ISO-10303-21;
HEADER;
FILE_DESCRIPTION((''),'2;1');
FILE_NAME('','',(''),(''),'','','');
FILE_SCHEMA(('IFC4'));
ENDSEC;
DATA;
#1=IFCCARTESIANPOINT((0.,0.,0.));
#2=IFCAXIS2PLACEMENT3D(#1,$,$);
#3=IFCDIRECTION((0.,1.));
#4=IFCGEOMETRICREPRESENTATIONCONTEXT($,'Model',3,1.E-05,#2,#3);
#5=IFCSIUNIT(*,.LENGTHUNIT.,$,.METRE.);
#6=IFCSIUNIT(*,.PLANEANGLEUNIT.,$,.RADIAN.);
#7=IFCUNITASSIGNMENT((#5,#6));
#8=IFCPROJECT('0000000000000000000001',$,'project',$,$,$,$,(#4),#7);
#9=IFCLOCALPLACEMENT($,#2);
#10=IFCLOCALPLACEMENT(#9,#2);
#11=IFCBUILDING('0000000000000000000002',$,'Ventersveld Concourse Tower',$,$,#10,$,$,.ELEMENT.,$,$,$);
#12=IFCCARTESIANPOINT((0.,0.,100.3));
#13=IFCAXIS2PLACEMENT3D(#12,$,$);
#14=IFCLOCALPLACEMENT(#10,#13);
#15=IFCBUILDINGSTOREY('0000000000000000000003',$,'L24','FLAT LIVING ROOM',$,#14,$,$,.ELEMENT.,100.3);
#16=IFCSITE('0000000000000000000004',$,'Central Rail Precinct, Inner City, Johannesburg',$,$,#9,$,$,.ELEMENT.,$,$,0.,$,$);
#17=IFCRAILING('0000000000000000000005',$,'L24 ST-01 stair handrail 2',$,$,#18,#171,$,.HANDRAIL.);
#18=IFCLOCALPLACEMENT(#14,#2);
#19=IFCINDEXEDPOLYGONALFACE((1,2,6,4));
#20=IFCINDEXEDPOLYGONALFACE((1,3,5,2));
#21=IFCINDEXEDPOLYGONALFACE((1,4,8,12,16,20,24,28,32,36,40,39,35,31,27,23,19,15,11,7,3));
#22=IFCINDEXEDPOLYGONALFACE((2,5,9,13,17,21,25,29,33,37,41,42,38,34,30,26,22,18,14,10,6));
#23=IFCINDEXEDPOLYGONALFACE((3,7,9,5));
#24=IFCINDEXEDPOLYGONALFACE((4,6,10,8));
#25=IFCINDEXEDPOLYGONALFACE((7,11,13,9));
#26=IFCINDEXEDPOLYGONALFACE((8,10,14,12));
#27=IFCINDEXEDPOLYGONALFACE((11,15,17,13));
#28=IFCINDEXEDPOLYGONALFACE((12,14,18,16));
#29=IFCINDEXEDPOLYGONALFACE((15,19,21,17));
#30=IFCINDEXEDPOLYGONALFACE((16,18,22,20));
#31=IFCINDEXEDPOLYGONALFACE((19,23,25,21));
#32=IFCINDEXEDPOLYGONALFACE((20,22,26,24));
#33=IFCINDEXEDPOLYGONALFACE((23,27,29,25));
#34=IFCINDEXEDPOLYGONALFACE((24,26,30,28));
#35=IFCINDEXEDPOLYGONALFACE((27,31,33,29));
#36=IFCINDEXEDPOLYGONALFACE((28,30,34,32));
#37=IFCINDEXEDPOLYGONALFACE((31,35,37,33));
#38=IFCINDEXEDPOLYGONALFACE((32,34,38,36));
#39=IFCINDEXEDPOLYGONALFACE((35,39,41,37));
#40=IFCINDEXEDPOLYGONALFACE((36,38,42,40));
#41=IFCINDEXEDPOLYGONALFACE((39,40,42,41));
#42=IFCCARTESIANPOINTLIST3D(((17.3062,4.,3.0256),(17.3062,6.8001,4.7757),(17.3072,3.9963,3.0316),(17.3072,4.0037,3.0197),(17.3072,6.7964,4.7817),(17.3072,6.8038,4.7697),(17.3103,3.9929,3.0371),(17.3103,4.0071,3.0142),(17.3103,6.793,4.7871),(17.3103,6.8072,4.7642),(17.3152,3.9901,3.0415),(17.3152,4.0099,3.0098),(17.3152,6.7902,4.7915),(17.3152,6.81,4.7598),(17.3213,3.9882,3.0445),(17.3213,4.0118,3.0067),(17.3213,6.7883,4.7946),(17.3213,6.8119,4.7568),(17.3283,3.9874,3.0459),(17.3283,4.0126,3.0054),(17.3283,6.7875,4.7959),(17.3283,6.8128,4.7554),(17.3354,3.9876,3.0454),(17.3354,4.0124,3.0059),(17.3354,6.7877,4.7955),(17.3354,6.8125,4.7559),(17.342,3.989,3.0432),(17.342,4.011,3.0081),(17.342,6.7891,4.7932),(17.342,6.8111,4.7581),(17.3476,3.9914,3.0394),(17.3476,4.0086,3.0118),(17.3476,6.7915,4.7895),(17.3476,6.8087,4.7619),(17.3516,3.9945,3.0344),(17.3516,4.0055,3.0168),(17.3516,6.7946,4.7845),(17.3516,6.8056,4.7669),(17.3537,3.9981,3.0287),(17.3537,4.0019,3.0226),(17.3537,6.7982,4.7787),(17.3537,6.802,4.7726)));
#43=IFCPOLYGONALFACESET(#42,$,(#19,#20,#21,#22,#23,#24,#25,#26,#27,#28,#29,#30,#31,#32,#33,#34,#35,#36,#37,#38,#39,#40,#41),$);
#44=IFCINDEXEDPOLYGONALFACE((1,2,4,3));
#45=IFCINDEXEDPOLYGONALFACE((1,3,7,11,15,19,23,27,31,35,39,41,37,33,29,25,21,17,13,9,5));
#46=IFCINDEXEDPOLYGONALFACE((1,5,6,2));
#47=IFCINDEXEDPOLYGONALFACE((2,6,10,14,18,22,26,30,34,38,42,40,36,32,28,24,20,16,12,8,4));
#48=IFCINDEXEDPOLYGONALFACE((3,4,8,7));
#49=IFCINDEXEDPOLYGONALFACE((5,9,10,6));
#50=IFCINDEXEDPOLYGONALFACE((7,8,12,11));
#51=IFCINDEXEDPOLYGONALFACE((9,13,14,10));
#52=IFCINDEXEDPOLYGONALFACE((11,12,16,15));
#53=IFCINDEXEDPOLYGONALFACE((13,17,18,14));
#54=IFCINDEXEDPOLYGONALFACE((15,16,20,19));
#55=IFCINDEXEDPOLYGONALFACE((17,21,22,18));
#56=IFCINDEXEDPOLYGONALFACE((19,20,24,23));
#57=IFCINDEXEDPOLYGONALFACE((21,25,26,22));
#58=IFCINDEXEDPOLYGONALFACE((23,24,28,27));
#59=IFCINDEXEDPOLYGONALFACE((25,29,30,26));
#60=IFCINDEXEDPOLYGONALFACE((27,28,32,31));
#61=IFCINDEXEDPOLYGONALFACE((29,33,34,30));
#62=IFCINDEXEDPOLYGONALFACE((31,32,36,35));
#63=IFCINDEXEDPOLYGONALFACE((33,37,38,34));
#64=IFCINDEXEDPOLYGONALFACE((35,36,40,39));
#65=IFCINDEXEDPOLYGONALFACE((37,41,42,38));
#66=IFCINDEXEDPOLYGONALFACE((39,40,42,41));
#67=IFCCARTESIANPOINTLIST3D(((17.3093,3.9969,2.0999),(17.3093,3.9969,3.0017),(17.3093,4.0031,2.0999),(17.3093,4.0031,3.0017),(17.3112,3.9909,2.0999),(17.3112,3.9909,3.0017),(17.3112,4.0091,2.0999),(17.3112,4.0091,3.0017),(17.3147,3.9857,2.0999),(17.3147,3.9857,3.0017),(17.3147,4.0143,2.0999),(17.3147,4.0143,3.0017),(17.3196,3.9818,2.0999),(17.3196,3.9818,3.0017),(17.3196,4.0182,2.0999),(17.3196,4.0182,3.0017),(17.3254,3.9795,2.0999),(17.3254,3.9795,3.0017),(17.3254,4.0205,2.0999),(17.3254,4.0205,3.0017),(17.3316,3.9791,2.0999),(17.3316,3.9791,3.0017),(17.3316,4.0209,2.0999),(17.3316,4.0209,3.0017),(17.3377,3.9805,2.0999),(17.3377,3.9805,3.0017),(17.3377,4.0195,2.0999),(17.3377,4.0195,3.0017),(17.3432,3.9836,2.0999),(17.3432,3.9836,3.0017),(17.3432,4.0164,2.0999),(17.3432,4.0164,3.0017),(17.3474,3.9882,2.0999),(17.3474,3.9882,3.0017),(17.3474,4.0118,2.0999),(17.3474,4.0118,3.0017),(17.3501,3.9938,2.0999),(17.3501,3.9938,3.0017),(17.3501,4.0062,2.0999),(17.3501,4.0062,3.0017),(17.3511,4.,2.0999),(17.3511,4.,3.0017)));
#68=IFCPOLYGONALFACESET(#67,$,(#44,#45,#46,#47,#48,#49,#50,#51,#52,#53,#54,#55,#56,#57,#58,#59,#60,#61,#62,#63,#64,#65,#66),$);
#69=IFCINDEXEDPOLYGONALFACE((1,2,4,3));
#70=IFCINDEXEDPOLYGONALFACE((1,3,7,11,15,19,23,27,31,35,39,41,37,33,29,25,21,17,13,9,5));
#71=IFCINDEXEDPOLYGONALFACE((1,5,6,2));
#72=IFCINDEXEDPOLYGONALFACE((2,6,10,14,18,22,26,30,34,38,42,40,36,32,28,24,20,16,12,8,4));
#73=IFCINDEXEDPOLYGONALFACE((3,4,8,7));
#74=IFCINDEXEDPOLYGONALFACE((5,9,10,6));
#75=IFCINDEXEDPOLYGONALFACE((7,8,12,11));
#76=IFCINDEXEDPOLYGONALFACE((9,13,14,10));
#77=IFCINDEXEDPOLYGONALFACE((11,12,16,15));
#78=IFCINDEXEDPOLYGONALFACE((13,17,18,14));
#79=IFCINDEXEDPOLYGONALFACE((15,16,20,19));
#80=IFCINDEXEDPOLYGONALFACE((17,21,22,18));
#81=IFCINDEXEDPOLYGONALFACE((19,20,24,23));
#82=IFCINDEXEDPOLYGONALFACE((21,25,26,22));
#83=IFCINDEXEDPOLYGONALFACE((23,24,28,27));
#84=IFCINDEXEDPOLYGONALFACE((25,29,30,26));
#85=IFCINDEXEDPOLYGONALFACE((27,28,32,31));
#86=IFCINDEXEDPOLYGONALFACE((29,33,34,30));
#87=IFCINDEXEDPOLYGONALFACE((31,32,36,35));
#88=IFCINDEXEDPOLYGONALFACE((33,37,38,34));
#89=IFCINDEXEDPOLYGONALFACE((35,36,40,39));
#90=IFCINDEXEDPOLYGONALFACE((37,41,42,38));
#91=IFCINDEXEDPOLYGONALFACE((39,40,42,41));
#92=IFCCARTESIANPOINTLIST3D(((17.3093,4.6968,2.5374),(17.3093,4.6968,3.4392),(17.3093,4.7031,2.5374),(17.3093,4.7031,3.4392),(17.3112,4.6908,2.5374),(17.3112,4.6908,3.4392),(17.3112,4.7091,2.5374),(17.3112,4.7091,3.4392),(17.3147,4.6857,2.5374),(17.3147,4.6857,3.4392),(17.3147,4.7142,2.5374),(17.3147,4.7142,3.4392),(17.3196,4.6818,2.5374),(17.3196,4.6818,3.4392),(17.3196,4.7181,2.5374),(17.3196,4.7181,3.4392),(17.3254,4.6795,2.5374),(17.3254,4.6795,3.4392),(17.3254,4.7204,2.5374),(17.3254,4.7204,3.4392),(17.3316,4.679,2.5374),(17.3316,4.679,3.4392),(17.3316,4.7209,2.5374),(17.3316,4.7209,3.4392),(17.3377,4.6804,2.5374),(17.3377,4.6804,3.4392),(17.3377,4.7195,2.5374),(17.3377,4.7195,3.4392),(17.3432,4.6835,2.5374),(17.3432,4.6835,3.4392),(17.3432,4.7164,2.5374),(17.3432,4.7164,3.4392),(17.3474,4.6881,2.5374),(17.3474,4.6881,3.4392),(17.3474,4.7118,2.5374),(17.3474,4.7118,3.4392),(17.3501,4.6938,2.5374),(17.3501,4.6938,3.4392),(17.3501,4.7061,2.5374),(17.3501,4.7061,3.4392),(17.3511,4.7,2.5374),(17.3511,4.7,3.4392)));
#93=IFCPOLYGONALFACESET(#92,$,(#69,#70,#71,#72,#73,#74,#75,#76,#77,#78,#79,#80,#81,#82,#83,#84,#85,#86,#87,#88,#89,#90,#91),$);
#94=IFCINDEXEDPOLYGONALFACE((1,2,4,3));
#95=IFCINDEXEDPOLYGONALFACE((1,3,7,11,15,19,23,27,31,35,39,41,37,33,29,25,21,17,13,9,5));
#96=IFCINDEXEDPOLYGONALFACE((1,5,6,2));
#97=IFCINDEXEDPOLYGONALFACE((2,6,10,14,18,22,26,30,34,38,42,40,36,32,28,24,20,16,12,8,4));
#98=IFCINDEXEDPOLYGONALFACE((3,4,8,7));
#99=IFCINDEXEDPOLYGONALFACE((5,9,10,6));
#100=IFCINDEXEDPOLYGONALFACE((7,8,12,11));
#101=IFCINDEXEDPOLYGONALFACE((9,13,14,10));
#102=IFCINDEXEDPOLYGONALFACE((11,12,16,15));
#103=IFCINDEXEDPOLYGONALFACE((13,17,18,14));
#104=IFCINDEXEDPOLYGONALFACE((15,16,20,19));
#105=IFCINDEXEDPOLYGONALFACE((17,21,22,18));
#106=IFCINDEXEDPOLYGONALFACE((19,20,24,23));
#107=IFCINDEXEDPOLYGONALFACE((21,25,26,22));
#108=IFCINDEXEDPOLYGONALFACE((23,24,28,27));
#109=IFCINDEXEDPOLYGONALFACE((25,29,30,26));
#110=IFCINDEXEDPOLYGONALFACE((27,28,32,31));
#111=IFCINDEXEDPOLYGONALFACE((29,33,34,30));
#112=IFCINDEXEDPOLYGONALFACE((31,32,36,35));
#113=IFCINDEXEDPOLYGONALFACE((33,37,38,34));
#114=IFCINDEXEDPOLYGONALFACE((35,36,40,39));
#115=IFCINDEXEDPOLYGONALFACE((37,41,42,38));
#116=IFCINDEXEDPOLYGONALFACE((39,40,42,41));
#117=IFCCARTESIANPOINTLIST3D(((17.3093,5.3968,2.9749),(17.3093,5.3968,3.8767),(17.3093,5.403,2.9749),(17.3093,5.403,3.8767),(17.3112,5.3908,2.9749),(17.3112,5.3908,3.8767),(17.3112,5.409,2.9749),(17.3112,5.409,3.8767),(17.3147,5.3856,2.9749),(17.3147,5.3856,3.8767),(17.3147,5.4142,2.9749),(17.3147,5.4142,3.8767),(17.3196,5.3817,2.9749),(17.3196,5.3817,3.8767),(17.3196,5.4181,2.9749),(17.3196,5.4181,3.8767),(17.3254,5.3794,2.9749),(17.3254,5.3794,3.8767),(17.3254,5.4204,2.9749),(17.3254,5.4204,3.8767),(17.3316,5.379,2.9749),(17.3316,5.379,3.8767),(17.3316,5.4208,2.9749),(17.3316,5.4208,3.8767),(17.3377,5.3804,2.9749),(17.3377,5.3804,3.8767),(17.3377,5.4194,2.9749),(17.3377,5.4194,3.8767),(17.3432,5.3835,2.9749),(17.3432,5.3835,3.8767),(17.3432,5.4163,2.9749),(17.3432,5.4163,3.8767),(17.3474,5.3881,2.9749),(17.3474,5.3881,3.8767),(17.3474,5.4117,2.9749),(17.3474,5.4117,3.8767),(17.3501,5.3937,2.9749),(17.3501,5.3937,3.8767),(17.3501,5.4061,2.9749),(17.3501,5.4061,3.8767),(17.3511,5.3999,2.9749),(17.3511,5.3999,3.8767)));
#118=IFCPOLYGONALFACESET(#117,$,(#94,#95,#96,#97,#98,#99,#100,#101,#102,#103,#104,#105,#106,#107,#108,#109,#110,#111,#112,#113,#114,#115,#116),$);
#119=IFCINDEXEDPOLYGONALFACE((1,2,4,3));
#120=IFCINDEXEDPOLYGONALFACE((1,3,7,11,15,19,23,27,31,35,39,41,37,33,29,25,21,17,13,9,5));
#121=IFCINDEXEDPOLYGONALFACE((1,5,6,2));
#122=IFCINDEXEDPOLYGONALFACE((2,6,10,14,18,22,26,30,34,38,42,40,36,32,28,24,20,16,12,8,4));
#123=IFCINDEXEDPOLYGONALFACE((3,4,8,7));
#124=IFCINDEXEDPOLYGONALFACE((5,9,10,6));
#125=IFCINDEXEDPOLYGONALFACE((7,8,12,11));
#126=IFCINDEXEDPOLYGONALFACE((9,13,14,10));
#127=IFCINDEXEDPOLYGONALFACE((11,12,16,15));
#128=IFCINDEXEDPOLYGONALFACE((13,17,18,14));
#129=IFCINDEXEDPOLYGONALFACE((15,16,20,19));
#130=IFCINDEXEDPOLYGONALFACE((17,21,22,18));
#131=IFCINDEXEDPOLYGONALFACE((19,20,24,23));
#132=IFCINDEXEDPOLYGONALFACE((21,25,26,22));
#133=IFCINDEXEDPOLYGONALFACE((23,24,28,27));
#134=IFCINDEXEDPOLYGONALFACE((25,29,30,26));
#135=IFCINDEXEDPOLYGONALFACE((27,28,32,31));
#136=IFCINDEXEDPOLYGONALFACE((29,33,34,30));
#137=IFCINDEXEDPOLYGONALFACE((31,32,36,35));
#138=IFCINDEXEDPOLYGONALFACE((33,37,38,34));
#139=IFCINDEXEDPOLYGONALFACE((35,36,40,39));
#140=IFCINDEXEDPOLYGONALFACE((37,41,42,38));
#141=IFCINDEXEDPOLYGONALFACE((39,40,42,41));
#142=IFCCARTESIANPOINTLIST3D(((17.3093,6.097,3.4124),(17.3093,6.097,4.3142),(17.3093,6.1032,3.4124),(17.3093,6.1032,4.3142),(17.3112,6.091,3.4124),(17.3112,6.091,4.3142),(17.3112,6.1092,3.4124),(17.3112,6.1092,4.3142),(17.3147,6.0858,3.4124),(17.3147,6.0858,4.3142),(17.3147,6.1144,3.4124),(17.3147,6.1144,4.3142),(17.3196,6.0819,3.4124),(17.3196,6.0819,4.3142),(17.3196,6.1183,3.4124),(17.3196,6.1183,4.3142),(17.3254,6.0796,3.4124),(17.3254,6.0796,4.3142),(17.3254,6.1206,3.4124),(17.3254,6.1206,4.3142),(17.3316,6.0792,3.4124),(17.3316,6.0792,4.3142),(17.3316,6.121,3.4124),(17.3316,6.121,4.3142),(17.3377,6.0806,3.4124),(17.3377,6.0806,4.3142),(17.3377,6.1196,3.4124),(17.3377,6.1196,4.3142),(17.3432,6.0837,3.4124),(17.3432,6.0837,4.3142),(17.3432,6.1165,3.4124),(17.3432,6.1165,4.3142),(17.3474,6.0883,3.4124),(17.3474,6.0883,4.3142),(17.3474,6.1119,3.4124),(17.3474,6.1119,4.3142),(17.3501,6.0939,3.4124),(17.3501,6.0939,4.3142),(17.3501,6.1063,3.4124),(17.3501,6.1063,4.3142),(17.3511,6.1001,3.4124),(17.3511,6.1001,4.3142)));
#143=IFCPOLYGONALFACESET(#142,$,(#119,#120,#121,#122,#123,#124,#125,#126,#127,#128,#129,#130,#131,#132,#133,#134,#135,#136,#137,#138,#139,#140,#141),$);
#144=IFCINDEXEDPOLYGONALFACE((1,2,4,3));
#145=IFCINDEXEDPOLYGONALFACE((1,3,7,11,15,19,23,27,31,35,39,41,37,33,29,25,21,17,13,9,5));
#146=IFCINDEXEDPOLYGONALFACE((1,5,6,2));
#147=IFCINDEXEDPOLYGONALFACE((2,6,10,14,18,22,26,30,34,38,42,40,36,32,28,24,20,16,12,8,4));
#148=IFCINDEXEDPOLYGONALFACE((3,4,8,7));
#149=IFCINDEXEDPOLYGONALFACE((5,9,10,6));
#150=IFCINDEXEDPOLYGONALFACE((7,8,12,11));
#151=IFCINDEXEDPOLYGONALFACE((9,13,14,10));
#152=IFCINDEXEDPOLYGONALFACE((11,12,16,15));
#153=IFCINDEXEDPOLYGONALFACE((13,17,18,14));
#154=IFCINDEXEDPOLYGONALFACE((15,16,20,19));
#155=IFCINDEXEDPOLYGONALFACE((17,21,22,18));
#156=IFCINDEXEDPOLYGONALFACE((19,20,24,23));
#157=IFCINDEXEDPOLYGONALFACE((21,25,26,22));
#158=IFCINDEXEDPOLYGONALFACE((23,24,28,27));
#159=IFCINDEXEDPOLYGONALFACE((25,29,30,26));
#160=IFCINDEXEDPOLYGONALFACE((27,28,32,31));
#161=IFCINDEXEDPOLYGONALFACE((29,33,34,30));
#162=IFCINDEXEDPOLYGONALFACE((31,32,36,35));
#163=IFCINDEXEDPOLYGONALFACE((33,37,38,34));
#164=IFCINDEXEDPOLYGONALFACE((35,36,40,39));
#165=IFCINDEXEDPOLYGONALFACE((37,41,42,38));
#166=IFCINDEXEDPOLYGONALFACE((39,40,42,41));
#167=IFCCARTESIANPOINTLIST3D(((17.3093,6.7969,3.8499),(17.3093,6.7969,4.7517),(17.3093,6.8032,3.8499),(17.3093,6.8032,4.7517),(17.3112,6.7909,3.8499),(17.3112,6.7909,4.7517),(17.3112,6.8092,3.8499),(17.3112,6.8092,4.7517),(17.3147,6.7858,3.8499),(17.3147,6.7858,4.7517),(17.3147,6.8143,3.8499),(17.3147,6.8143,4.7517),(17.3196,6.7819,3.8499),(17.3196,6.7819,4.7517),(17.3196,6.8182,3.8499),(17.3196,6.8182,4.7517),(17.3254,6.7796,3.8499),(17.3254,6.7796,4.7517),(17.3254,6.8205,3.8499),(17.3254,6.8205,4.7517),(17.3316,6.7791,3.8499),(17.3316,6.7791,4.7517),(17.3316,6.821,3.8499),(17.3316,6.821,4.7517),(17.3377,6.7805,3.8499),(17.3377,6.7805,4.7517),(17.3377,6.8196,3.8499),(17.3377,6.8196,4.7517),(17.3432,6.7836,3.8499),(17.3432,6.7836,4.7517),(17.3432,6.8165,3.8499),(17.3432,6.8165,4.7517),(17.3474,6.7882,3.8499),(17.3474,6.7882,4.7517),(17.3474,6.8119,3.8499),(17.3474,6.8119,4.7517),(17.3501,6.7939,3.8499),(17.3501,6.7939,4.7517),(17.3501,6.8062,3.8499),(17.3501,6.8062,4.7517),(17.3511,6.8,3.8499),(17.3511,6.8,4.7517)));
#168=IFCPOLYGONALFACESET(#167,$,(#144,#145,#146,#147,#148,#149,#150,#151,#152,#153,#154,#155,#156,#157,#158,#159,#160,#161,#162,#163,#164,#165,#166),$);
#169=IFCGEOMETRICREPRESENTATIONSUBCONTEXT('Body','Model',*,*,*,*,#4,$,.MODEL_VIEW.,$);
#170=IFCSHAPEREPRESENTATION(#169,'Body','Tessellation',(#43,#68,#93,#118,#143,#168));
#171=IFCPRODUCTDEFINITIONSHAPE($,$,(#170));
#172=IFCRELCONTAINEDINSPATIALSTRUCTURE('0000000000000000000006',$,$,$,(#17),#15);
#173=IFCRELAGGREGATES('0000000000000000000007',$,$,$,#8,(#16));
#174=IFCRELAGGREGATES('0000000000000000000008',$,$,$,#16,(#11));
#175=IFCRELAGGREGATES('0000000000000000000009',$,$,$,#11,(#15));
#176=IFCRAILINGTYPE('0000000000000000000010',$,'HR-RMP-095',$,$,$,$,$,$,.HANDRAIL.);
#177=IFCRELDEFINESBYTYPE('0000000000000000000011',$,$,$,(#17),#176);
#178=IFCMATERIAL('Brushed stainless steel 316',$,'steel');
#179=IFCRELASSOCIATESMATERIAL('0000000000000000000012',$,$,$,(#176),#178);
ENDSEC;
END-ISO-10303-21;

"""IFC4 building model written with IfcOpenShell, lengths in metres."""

from ifc_helpers import new_model, si_unit, direction, frame, origin, origin_2d, place, context, subcontext, project, spatial, circle, extrude, material, type_object, element, save


model = new_model("IFC4")

# Units and contexts
model_context = context("Model", 3, precision=1e-05, world=origin(), true_north=direction((0.0, 1.0)))
body_context = subcontext(model_context, "Body", "Model", "MODEL_VIEW")
ifc_project = project(units=[si_unit("LENGTHUNIT", "METRE"), si_unit("PLANEANGLEUNIT", "RADIAN")], contexts=[model_context])

# Site, building, storey
site_placement = place(None, origin())
site = spatial("IfcSite", under=ifc_project, at=site_placement, Name="Central Rail Precinct, Inner City, Johannesburg", CompositionType="ELEMENT", RefElevation=0.0)
building_placement = place(site_placement, origin())
building = spatial("IfcBuilding", under=site, at=building_placement, Name="Ventersveld Concourse Tower", CompositionType="ELEMENT")
storey_placement = place(building_placement, frame((0.0, 0.0, 100.3)))
storey = spatial("IfcBuildingStorey", under=building, at=storey_placement, Name="L24", Description="FLAT LIVING ROOM", CompositionType="ELEMENT", Elevation=100.3)

# Shared definitions
ifc_material_1 = material(Name="Brushed stainless steel 316", Category="steel")

# Railing
railing_type_1 = type_object("IfcRailingType", Name="HR-RMP-095", PredefinedType="HANDRAIL", material=ifc_material_1)
railing_1_placement = place(storey_placement, frame((17.3301, 4.0, 2.0999)))
element("IfcRailing", 1, at=railing_1_placement, inside=storey, type_object=railing_type_1, Name="L24 ST-01 stair handrail 2", PredefinedType="HANDRAIL", context=body_context, shape_type="SweptSolid", body=[
    extrude(circle(Radius=0.0239, at=origin_2d()), frame((0.0, 0.0, 0.9258), z_axis=(0.0, 0.848002, 0.529992), x_axis=(-1.0, 0.0, 0.0)), (0.0, 0.0, 1.0), 3.302),
    extrude(circle(Radius=0.021, at=origin_2d()), origin(), (0.0, 0.0, 1.0), 0.9019),
    extrude(circle(Radius=0.021, at=origin_2d()), frame((0.0, 0.7, 0.4375)), (0.0, 0.0, 1.0), 0.9019),
    extrude(circle(Radius=0.021, at=origin_2d()), frame((0.0, 1.3999, 0.875)), (0.0, 0.0, 1.0), 0.9019),
    extrude(circle(Radius=0.021, at=origin_2d()), frame((0.0, 2.1001, 1.3125)), (0.0, 0.0, 1.0), 0.9019),
    extrude(circle(Radius=0.021, at=origin_2d()), frame((0.0, 2.8, 1.75)), (0.0, 0.0, 1.0), 0.9019),
])

save(model, "model.ifc")
